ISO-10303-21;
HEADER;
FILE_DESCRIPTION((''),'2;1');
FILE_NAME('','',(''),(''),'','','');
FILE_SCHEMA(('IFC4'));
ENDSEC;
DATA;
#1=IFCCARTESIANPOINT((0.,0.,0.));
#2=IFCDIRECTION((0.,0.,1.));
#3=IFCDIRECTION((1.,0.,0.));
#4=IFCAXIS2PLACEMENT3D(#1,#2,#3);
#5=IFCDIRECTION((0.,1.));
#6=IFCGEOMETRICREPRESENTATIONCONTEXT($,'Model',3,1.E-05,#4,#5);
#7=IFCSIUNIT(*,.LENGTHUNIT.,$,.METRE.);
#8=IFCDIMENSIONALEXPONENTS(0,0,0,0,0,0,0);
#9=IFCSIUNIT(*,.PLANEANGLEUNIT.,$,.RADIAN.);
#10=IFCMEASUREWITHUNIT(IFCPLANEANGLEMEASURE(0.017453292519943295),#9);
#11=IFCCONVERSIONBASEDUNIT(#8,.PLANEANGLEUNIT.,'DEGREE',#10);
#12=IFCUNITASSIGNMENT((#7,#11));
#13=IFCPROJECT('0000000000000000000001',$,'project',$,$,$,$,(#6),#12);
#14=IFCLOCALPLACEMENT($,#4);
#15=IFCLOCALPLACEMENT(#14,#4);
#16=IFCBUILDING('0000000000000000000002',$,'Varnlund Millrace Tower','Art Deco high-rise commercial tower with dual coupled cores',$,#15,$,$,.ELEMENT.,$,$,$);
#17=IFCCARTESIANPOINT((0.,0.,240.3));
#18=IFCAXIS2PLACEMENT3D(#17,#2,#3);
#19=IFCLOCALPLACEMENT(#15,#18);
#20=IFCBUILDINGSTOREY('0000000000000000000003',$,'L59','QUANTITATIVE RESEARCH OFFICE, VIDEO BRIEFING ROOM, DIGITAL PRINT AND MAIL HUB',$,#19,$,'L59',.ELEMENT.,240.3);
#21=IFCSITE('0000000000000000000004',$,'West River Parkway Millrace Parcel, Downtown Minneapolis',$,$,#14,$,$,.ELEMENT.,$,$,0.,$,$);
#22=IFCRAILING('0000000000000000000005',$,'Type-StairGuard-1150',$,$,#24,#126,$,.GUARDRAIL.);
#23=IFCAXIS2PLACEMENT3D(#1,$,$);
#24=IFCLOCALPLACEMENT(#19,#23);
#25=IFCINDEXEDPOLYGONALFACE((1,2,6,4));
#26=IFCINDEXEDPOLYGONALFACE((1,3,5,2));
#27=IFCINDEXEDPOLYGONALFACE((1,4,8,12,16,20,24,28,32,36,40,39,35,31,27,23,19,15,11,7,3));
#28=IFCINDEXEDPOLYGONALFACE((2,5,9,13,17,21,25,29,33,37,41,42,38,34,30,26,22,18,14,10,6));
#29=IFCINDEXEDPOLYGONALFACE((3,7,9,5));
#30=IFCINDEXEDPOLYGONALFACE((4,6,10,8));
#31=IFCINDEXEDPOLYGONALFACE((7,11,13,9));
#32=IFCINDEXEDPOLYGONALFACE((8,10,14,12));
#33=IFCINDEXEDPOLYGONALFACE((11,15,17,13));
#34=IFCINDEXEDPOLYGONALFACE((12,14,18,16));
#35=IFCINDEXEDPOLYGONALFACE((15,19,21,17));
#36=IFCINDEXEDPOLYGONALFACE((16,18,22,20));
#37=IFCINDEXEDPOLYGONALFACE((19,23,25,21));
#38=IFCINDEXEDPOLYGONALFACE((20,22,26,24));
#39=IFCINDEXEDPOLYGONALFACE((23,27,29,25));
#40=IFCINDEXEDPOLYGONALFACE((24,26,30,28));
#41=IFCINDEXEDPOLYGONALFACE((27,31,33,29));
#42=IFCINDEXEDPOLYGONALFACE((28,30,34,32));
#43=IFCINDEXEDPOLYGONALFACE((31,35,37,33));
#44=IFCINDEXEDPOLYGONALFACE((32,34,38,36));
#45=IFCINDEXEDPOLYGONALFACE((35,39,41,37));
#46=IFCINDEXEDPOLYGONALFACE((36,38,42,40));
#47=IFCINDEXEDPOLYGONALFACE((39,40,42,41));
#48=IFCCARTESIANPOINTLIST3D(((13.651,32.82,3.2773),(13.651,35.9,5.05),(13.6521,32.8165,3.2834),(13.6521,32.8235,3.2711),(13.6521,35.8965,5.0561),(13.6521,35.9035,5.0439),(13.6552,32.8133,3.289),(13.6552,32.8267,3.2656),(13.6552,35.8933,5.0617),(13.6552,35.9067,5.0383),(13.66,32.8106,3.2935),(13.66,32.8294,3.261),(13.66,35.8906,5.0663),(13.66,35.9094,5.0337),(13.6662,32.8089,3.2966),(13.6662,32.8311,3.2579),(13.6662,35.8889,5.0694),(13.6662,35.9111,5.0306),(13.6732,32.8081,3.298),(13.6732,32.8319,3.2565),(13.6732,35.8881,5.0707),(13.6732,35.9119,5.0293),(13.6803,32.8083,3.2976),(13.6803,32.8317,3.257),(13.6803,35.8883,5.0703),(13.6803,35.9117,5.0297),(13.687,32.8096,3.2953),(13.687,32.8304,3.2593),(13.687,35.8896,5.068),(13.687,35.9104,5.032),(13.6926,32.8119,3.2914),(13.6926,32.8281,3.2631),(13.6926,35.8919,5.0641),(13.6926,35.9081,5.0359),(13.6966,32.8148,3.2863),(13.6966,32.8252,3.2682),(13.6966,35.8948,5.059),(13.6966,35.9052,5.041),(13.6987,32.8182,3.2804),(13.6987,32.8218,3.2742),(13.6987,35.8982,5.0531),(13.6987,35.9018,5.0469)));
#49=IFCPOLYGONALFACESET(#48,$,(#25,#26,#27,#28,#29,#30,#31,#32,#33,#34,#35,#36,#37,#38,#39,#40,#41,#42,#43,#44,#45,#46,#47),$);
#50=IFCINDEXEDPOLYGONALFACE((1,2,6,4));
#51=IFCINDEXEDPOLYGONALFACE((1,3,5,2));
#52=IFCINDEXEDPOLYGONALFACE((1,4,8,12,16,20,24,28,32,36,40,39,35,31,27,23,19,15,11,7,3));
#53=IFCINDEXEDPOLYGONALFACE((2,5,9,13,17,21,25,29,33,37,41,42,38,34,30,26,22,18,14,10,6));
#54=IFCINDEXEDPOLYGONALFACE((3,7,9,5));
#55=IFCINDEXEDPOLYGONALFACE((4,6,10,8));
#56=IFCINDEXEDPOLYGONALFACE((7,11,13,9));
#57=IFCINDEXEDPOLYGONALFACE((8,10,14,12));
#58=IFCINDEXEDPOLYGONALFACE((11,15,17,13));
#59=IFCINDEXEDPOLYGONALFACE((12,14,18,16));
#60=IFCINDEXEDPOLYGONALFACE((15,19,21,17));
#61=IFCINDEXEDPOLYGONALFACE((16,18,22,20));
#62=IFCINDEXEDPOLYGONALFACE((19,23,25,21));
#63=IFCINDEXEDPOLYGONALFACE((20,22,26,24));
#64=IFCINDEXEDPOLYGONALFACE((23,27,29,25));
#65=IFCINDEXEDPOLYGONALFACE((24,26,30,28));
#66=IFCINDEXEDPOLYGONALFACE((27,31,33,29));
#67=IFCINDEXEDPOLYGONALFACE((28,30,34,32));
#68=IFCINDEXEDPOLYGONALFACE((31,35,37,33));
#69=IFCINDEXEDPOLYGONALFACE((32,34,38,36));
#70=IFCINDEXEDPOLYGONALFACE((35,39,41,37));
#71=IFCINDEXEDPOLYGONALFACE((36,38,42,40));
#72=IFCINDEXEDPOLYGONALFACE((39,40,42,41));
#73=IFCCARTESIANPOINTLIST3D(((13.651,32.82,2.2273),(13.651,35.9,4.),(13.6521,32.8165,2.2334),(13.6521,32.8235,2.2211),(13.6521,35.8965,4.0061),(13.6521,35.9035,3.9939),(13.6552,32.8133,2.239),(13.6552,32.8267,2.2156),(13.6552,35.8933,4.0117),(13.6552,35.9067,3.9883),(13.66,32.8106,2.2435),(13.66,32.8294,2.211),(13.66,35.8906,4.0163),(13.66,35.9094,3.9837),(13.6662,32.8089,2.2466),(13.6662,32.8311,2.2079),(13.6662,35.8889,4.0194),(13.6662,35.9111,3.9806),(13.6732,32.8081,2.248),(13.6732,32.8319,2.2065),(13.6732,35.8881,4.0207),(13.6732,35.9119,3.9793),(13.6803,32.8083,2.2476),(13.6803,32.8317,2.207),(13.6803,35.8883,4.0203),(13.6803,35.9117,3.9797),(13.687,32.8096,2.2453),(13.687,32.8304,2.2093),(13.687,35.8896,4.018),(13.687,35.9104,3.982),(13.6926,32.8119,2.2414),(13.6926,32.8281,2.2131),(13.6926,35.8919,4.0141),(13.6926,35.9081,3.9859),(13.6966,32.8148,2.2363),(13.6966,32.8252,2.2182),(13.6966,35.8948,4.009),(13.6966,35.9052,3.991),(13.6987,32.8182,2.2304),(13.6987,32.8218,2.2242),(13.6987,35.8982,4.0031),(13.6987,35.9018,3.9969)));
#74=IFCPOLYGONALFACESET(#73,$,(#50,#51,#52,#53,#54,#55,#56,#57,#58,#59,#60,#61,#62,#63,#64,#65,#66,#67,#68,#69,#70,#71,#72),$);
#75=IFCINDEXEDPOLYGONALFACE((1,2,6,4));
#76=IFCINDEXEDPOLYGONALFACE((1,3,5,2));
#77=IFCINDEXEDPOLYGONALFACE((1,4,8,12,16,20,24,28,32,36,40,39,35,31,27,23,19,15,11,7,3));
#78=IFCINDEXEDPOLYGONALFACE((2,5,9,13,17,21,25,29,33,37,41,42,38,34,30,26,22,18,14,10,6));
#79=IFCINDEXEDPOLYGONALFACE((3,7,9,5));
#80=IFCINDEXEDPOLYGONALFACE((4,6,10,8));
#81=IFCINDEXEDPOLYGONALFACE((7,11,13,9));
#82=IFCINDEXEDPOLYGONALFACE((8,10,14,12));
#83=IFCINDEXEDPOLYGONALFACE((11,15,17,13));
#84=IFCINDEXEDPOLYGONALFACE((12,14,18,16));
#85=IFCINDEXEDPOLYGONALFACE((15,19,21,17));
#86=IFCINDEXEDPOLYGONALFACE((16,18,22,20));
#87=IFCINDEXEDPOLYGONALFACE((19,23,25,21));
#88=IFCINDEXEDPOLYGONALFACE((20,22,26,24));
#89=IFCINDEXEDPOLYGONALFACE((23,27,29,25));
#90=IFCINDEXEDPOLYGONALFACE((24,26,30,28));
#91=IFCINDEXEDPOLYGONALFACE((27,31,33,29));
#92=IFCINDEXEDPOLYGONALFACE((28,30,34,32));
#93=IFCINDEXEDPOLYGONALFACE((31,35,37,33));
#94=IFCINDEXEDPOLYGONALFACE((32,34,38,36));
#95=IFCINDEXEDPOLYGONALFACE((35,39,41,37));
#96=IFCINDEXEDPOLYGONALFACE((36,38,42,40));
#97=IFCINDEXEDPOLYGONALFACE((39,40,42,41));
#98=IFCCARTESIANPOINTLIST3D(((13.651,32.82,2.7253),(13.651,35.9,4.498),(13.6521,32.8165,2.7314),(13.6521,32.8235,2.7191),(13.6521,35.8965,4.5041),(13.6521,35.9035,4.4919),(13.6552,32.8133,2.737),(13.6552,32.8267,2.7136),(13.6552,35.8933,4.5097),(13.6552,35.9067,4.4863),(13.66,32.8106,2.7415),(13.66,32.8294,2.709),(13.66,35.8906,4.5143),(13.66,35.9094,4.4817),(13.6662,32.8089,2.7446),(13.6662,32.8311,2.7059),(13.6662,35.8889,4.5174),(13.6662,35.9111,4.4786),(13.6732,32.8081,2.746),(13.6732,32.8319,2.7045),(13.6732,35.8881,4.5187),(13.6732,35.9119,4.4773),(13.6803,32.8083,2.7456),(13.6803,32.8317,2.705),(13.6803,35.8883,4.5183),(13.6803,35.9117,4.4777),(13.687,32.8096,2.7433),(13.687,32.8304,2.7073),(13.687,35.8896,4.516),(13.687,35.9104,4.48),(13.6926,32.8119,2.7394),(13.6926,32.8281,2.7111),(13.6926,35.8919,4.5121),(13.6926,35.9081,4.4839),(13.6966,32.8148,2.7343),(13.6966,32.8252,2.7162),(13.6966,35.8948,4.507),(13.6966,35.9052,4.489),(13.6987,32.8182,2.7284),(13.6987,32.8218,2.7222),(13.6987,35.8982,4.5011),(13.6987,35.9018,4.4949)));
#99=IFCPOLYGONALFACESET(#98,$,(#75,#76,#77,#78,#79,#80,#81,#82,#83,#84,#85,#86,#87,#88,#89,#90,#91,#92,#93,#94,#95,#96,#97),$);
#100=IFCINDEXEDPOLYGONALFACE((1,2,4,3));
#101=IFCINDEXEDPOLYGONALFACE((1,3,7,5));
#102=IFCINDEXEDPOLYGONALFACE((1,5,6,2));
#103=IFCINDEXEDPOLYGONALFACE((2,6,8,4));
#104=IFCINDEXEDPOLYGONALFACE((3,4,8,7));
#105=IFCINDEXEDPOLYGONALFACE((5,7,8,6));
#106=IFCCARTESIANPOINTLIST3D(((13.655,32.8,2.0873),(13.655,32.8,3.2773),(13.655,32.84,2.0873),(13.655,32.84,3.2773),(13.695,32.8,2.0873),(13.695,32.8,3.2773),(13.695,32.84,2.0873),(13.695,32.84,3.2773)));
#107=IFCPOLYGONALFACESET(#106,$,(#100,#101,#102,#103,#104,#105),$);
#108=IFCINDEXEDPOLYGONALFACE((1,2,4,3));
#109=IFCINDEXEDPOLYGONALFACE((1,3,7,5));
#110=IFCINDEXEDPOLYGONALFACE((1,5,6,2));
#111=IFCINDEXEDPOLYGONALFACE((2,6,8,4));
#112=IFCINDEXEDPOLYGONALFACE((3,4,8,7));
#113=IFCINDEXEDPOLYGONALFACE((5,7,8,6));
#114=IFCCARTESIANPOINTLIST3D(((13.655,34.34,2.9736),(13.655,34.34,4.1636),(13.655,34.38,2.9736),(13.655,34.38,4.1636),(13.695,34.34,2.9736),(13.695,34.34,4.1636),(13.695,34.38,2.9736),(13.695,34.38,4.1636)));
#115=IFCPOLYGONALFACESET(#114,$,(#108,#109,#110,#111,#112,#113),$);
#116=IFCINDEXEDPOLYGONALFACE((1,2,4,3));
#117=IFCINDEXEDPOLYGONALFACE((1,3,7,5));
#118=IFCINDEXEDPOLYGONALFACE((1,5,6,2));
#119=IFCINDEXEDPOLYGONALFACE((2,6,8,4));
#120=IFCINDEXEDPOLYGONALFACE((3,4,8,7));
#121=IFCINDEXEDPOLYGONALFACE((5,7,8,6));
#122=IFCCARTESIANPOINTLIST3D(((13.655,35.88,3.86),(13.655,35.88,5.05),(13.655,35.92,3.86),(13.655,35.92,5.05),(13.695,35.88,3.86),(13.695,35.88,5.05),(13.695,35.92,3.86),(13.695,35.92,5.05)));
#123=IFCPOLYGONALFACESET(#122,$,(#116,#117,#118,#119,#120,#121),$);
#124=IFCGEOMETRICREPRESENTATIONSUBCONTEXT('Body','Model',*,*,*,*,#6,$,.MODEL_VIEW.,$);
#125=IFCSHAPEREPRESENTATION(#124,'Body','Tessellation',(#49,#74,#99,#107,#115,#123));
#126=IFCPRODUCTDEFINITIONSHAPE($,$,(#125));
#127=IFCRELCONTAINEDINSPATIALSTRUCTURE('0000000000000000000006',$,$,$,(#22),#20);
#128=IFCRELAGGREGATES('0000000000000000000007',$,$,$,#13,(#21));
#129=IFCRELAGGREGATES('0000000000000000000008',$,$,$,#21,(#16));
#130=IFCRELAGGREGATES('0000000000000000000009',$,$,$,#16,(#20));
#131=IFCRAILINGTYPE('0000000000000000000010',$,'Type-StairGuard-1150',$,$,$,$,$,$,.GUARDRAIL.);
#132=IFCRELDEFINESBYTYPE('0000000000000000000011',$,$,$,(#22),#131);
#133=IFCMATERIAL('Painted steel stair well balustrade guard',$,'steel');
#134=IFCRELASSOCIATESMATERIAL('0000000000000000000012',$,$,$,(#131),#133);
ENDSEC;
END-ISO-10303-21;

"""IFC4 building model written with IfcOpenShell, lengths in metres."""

from ifc_helpers import new_model, entity, si_unit, converted_unit, direction, frame, origin_with_axes, origin_2d_with_axis, place, context, subcontext, project, spatial, rectangle, circle, extrude, material, type_object, element, save


model = new_model("IFC4")

# Units and contexts
model_context = context("Model", 3, precision=1e-05, world=origin_with_axes(), true_north=direction((0.0, 1.0)))
body_context = subcontext(model_context, "Body", "Model", "MODEL_VIEW")
ifc_project = project(units=[si_unit("LENGTHUNIT", "METRE"), converted_unit("PLANEANGLEUNIT", "DEGREE", entity("IfcPlaneAngleMeasure", 0.017453292519943295), si_unit("PLANEANGLEUNIT", "RADIAN"), dimensions=[0, 0, 0, 0, 0, 0, 0])], contexts=[model_context])

# Site, building, storey
site_placement = place(None, origin_with_axes())
site = spatial("IfcSite", under=ifc_project, at=site_placement, Name="West River Parkway Millrace Parcel, Downtown Minneapolis", CompositionType="ELEMENT", RefElevation=0.0)
building_placement = place(site_placement, origin_with_axes())
building = spatial("IfcBuilding", under=site, at=building_placement, Name="Varnlund Millrace Tower", Description="Art Deco high-rise commercial tower with dual coupled cores", CompositionType="ELEMENT")
storey_placement = place(building_placement, frame((0.0, 0.0, 240.3), z_axis=(0.0, 0.0, 1.0), x_axis=(1.0, 0.0, 0.0)))
storey = spatial("IfcBuildingStorey", under=building, at=storey_placement, Name="L59", Description="QUANTITATIVE RESEARCH OFFICE, VIDEO BRIEFING ROOM, DIGITAL PRINT AND MAIL HUB", LongName="L59", CompositionType="ELEMENT", Elevation=240.3)

# Railing
ifc_material_1 = material(Name="Painted steel stair well balustrade guard", Category="steel")
railing_type_1 = type_object("IfcRailingType", Name="Type-StairGuard-1150", PredefinedType="GUARDRAIL", material=ifc_material_1)
railing_1_placement = place(storey_placement, frame((0.0, 0.0, -240.3), z_axis=(0.0, 0.0, 1.0), x_axis=(1.0, 0.0, 0.0)))
element("IfcRailing", 1, at=railing_1_placement, inside=storey, type_object=railing_type_1, Name="Type-StairGuard-1150", PredefinedType="GUARDRAIL", context=body_context, shape_type="SweptSolid", body=[
    extrude(circle(Radius=0.024, at=origin_2d_with_axis()), frame((13.675, 32.82, 243.5773), z_axis=(0.0, 0.866696, 0.498836), x_axis=(-1.0, 0.0, 0.0)), (0.0, 0.0, 1.0), 3.5537),
    extrude(circle(Radius=0.024, at=origin_2d_with_axis()), frame((13.675, 32.82, 242.5273), z_axis=(0.0, 0.866696, 0.498836), x_axis=(-1.0, 0.0, 0.0)), (0.0, 0.0, 1.0), 3.5537),
    extrude(circle(Radius=0.024, at=origin_2d_with_axis()), frame((13.675, 32.82, 243.0253), z_axis=(0.0, 0.866696, 0.498836), x_axis=(-1.0, 0.0, 0.0)), (0.0, 0.0, 1.0), 3.5537),
    extrude(rectangle(XDim=0.04, YDim=0.04, at=origin_2d_with_axis()), frame((13.675, 32.82, 242.3873), z_axis=(0.0, 0.0, 1.0), x_axis=(1.0, 0.0, 0.0)), (0.0, 0.0, 1.0), 1.19),
    extrude(rectangle(XDim=0.04, YDim=0.04, at=origin_2d_with_axis()), frame((13.675, 34.36, 243.2736), z_axis=(0.0, 0.0, 1.0), x_axis=(1.0, 0.0, 0.0)), (0.0, 0.0, 1.0), 1.19),
    extrude(rectangle(XDim=0.04, YDim=0.04, at=origin_2d_with_axis()), frame((13.675, 35.9, 244.16), z_axis=(0.0, 0.0, 1.0), x_axis=(1.0, 0.0, 0.0)), (0.0, 0.0, 1.0), 1.19),
])

save(model, "model.ifc")
